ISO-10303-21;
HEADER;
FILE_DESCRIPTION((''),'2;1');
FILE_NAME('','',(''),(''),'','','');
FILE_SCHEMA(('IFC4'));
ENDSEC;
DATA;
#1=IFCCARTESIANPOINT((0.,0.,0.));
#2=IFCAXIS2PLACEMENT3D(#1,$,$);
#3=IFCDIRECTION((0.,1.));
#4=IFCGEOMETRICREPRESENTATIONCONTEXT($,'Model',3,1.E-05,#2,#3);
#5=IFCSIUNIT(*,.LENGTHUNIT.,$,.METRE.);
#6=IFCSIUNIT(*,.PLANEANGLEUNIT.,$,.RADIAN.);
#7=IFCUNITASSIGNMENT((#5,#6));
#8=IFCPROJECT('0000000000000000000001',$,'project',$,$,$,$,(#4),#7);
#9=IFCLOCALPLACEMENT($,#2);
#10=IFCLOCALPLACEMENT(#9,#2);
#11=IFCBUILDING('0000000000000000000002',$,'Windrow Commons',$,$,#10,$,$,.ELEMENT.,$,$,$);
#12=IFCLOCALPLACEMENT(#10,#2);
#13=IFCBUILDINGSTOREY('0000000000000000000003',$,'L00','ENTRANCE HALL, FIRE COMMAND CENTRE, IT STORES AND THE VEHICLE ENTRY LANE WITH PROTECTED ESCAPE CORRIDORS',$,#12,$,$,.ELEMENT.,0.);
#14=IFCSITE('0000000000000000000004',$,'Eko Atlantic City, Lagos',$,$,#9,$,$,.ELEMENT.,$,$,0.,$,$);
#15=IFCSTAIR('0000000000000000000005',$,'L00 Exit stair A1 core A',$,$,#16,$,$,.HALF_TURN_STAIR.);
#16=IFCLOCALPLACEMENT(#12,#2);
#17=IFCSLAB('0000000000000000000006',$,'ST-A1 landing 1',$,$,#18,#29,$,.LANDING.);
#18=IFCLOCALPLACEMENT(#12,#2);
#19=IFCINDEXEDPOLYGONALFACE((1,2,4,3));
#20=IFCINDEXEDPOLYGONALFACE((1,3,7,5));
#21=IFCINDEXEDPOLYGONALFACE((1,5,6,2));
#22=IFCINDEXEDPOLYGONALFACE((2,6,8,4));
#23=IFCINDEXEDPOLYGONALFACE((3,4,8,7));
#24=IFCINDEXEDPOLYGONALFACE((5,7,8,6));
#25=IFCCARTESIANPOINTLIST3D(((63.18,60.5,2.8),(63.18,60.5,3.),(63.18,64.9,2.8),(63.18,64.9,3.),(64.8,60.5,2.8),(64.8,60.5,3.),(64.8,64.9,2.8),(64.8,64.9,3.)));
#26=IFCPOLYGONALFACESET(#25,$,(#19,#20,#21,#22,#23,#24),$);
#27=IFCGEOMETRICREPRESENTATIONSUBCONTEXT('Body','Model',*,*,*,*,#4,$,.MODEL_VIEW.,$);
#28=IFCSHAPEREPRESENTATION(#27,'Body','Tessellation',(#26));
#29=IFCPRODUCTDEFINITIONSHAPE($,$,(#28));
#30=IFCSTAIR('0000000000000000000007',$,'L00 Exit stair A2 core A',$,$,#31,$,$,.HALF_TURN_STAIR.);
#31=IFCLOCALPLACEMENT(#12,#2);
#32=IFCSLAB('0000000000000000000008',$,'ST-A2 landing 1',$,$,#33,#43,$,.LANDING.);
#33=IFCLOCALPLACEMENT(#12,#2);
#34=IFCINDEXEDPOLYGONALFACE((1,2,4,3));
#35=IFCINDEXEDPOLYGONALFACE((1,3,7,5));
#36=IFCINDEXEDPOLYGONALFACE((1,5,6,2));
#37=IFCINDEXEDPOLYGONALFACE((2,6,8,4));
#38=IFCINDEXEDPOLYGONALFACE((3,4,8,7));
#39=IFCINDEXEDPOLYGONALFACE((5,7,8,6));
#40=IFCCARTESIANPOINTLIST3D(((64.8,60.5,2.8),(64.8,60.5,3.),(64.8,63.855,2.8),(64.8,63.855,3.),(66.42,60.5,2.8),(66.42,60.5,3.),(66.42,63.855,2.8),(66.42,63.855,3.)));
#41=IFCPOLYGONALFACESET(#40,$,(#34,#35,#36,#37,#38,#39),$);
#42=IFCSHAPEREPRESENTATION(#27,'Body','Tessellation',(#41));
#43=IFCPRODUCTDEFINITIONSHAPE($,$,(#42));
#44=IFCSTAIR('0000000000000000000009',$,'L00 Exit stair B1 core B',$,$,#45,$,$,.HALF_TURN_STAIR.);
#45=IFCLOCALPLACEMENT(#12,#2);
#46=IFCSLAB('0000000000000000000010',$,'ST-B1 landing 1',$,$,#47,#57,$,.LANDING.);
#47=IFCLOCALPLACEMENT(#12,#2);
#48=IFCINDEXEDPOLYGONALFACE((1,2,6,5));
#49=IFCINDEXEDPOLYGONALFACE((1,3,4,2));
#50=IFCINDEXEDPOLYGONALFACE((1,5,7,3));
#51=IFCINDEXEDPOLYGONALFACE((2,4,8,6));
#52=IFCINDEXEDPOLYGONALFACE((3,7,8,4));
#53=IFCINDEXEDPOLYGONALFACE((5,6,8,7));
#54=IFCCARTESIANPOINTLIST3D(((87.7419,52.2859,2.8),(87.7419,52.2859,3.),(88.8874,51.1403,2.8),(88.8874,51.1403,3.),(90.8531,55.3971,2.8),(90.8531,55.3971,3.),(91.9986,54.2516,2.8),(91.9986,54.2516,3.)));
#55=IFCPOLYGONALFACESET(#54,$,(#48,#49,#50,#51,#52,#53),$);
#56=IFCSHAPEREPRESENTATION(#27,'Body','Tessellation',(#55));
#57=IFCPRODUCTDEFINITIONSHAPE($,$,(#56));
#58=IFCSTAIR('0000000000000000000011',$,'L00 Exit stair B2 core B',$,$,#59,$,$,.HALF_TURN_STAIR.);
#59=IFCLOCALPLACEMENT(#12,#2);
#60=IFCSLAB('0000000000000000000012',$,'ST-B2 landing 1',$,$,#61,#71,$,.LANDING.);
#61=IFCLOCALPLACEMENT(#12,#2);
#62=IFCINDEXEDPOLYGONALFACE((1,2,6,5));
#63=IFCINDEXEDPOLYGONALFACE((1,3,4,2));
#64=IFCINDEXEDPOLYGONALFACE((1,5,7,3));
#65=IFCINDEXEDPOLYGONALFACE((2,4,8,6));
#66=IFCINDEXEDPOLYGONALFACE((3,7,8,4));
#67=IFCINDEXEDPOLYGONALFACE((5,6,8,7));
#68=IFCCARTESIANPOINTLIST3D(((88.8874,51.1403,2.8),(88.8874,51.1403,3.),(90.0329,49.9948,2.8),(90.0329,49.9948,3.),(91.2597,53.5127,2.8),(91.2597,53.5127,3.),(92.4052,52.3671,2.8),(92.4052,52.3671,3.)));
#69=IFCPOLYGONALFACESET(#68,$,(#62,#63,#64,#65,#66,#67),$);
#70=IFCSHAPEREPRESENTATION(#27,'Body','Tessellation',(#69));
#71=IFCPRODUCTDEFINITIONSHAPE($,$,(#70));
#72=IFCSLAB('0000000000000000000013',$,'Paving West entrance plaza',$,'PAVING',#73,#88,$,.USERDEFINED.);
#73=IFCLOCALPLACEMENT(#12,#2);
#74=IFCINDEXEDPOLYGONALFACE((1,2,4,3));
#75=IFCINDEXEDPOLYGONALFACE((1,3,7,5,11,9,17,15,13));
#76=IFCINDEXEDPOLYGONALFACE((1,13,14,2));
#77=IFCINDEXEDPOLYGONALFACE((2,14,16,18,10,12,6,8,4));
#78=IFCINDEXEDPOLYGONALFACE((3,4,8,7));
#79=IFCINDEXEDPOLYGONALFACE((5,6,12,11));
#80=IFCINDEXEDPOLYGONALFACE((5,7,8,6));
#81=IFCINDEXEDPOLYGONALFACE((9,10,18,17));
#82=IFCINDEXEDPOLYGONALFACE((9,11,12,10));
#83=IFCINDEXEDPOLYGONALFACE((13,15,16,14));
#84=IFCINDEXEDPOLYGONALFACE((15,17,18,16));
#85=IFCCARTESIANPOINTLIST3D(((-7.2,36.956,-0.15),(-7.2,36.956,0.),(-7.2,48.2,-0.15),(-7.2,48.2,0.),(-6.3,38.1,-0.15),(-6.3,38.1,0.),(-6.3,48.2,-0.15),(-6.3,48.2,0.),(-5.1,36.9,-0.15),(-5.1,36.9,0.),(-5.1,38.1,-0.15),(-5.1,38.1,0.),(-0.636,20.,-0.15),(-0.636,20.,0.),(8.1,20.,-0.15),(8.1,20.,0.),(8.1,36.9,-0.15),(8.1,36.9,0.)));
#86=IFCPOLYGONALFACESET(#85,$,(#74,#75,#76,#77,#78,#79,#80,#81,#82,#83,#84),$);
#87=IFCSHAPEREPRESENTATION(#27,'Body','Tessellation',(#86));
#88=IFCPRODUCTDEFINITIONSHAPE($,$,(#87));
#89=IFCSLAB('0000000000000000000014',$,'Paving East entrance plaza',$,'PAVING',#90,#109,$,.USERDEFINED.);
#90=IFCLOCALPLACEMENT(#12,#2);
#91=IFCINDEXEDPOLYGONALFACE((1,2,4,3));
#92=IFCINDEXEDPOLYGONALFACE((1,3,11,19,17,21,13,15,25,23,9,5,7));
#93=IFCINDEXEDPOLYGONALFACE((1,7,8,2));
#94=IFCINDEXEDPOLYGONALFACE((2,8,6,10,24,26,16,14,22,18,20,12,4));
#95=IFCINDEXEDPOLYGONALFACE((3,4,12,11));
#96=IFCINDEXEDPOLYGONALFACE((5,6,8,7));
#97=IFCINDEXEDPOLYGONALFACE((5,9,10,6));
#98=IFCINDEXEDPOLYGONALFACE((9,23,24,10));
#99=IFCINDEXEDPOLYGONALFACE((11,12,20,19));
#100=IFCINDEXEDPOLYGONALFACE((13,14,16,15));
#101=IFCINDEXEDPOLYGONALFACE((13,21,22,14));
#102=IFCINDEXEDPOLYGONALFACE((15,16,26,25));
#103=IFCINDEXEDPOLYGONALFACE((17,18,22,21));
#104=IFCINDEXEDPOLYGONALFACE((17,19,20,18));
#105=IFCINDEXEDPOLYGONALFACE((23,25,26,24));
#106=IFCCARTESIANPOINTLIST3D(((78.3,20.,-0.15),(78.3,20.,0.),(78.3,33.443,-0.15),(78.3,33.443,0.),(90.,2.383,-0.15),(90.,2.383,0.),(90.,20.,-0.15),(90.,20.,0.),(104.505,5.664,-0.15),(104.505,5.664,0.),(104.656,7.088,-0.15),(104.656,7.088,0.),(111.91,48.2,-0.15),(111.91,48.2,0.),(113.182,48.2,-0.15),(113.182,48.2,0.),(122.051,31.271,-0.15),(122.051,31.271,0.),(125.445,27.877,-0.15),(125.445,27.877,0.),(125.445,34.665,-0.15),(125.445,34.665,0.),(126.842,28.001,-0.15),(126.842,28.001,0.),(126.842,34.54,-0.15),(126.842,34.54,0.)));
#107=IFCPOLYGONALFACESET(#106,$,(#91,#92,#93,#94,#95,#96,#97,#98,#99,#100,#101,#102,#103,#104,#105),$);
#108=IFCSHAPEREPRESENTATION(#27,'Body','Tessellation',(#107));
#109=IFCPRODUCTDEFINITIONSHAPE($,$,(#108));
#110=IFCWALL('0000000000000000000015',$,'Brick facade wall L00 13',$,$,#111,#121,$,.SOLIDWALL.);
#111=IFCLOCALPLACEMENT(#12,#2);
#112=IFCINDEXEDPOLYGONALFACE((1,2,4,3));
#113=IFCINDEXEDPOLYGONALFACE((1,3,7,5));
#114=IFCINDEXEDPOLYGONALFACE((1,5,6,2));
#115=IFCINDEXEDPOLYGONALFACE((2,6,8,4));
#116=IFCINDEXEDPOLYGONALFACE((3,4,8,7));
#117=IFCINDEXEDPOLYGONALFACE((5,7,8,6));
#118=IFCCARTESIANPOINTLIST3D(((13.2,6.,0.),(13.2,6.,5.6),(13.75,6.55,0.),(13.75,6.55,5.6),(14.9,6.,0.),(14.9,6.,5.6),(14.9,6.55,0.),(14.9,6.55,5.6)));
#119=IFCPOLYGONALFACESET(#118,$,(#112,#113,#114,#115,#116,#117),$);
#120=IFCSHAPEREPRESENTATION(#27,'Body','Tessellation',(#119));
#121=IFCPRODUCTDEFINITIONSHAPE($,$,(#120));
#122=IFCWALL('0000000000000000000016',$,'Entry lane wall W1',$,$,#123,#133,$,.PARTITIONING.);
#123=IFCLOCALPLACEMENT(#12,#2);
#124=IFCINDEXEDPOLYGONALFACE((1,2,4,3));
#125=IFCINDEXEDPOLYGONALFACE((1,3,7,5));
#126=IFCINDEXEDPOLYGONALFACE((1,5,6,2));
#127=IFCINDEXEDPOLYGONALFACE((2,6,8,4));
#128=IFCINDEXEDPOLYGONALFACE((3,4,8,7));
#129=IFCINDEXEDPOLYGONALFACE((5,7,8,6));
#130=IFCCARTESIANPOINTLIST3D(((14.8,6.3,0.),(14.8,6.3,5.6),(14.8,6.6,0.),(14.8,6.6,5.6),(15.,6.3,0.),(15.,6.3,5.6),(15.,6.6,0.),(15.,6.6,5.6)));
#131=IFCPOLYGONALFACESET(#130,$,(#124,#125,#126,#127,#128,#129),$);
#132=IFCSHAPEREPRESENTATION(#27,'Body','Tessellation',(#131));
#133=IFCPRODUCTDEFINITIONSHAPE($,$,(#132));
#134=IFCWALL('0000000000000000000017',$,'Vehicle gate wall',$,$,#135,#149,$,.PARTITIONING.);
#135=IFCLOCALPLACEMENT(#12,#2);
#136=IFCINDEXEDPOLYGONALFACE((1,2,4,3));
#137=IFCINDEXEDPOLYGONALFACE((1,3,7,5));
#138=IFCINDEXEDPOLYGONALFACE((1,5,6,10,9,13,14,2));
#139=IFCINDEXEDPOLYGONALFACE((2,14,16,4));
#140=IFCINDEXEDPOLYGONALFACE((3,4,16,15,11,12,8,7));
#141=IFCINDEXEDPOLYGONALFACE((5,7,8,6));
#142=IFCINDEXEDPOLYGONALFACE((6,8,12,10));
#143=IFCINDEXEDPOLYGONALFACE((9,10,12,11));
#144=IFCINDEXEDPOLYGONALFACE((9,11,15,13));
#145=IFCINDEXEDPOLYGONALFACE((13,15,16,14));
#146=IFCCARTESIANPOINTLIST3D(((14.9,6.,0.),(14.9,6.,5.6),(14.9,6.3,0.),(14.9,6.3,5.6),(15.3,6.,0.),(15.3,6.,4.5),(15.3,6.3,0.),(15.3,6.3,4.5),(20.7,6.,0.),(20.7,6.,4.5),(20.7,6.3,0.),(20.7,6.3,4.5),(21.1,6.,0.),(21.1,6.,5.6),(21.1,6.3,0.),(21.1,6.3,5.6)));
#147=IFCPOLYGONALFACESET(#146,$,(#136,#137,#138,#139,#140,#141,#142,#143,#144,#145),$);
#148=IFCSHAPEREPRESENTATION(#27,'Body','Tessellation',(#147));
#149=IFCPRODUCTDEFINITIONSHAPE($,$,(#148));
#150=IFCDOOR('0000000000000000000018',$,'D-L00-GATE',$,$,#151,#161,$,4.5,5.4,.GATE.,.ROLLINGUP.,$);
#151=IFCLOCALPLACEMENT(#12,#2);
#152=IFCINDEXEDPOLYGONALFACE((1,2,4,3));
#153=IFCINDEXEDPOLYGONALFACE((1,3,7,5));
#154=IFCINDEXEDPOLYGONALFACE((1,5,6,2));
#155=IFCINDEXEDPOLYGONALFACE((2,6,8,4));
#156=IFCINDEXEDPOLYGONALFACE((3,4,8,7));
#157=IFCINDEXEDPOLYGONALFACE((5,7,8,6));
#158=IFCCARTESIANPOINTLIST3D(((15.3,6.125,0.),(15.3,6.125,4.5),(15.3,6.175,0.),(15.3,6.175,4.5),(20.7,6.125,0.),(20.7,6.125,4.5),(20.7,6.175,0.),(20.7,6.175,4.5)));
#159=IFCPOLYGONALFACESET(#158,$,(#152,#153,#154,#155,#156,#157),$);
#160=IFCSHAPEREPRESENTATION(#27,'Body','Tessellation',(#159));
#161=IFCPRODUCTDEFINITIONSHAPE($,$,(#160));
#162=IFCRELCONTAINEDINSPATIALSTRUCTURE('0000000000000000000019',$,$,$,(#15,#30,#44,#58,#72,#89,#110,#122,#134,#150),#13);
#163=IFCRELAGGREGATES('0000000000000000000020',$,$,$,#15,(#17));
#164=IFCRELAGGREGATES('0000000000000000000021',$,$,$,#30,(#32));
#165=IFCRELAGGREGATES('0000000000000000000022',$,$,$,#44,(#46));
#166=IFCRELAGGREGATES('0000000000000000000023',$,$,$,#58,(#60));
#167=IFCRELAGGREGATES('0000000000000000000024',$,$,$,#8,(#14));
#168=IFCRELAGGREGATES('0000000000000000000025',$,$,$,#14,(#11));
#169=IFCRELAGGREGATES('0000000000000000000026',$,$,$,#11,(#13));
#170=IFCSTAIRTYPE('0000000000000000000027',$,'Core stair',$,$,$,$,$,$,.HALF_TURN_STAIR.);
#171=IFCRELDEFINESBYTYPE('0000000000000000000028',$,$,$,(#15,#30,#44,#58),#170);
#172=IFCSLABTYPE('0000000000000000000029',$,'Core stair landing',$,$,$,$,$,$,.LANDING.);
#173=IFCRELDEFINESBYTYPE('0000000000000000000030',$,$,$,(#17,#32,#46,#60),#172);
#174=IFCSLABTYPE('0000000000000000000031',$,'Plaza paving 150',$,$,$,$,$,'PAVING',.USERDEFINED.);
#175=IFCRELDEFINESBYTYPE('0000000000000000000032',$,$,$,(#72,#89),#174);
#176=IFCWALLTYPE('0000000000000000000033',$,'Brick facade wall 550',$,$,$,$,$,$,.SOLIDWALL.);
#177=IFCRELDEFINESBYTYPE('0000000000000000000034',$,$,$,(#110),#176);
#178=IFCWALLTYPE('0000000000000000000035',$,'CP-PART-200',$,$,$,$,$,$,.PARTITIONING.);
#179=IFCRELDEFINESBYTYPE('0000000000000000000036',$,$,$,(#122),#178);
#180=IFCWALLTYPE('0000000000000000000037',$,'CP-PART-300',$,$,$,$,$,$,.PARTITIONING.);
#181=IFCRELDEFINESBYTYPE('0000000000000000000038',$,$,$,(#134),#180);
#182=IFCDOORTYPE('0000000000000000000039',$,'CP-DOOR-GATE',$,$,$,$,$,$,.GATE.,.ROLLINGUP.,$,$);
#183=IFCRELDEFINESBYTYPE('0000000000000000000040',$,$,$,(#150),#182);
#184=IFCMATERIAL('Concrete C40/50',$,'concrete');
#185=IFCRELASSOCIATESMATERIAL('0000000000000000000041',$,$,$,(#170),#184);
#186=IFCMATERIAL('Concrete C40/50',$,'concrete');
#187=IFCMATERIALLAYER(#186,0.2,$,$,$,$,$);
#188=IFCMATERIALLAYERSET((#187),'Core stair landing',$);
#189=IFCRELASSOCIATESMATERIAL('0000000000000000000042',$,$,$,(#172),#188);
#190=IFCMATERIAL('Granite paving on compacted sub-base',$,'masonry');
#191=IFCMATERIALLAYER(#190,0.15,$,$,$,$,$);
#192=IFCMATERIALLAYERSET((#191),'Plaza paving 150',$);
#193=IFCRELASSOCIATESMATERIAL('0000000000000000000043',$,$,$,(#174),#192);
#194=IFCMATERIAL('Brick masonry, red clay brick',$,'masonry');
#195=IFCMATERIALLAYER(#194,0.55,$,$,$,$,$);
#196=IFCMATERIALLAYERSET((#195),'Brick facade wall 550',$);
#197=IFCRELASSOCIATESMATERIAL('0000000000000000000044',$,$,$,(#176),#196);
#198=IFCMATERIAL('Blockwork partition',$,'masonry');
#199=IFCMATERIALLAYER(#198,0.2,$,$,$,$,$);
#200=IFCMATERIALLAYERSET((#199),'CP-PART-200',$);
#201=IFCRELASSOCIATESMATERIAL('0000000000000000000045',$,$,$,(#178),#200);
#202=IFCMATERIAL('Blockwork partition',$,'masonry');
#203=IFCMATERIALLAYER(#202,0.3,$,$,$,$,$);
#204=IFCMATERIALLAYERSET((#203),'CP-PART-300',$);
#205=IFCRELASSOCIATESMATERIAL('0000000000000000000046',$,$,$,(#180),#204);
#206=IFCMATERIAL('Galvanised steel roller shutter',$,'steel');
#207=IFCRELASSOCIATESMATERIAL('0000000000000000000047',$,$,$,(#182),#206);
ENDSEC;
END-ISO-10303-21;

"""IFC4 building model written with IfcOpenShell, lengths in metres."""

from ifc_helpers import new_model, si_unit, direction, frame, frame_2d, origin, place, context, subcontext, project, spatial, polyline, rectangle, outline, extrude, material, layer, layer_set, type_object, element, fill, aggregate, save


model = new_model("IFC4")

# Units and contexts
model_context = context("Model", 3, precision=1e-05, world=origin(), true_north=direction((0.0, 1.0)))
body_context = subcontext(model_context, "Body", "Model", "MODEL_VIEW")
ifc_project = project(units=[si_unit("LENGTHUNIT", "METRE"), si_unit("PLANEANGLEUNIT", "RADIAN")], contexts=[model_context])

# Site, building, storey
site_placement = place(None, origin())
site = spatial("IfcSite", under=ifc_project, at=site_placement, Name="Eko Atlantic City, Lagos", CompositionType="ELEMENT", RefElevation=0.0)
building_placement = place(site_placement, origin())
building = spatial("IfcBuilding", under=site, at=building_placement, Name="Windrow Commons", CompositionType="ELEMENT")
storey_placement = place(building_placement, origin())
storey = spatial("IfcBuildingStorey", under=building, at=storey_placement, Name="L00", Description="ENTRANCE HALL, FIRE COMMAND CENTRE, IT STORES AND THE VEHICLE ENTRY LANE WITH PROTECTED ESCAPE CORRIDORS", CompositionType="ELEMENT", Elevation=0.0)

# Stairs, slabs
ifc_material_1 = material(Name="Concrete C40/50", Category="concrete")
stair_type = type_object("IfcStairType", Name="Core stair", PredefinedType="HALF_TURN_STAIR", material=ifc_material_1)
placement_1 = place(storey_placement, origin())
stair_1 = element("IfcStair", 1, at=placement_1, inside=storey, type_object=stair_type, Name="L00 Exit stair A1 core A", PredefinedType="HALF_TURN_STAIR")
ifc_material_2 = material(Name="Concrete C40/50", Category="concrete")
ifc_layer_1 = layer(ifc_material_2, 0.2)
ifc_layer_set_1 = layer_set([ifc_layer_1], Name="Core stair landing")
slab_type_1 = type_object("IfcSlabType", Name="Core stair landing", PredefinedType="LANDING", material=ifc_layer_set_1)
placement_2 = place(storey_placement, frame((0.0, 0.0, 2.8)))
slab_1 = element("IfcSlab", 2, at=placement_2, type_object=slab_type_1, Name="ST-A1 landing 1", PredefinedType="LANDING", context=body_context, shape_type="SweptSolid", body=[
    extrude(outline(polyline([(63.18, 60.5), (64.8, 60.5), (64.8, 64.9), (63.18, 64.9), (63.18, 60.5)])), origin(), (0.0, 0.0, 1.0), 0.2),
])
aggregate(stair_1, [slab_1])
stair_2 = element("IfcStair", 3, at=placement_1, inside=storey, type_object=stair_type, Name="L00 Exit stair A2 core A", PredefinedType="HALF_TURN_STAIR")
slab_2 = element("IfcSlab", 4, at=placement_2, type_object=slab_type_1, Name="ST-A2 landing 1", PredefinedType="LANDING", context=body_context, shape_type="SweptSolid", body=[
    extrude(outline(polyline([(64.8, 60.5), (66.42, 60.5), (66.42, 63.855), (64.8, 63.855), (64.8, 60.5)])), origin(), (0.0, 0.0, 1.0), 0.2),
])
aggregate(stair_2, [slab_2])
stair_3 = element("IfcStair", 5, at=placement_1, inside=storey, type_object=stair_type, Name="L00 Exit stair B1 core B", PredefinedType="HALF_TURN_STAIR")
slab_3 = element("IfcSlab", 6, at=placement_2, type_object=slab_type_1, Name="ST-B1 landing 1", PredefinedType="LANDING", context=body_context, shape_type="SweptSolid", body=[
    extrude(outline(polyline([(87.7419, 52.2859), (88.8874, 51.1403), (91.9986, 54.2516), (90.8531, 55.3971), (87.7419, 52.2859)])), origin(), (0.0, 0.0, 1.0), 0.2),
])
aggregate(stair_3, [slab_3])
stair_4 = element("IfcStair", 7, at=placement_1, inside=storey, type_object=stair_type, Name="L00 Exit stair B2 core B", PredefinedType="HALF_TURN_STAIR")
slab_4 = element("IfcSlab", 8, at=placement_2, type_object=slab_type_1, Name="ST-B2 landing 1", PredefinedType="LANDING", context=body_context, shape_type="SweptSolid", body=[
    extrude(outline(polyline([(88.8874, 51.1403), (90.0329, 49.9948), (92.4052, 52.3671), (91.2597, 53.5127), (88.8874, 51.1403)])), origin(), (0.0, 0.0, 1.0), 0.2),
])
aggregate(stair_4, [slab_4])

# Slabs
ifc_material_3 = material(Name="Granite paving on compacted sub-base", Category="masonry")
ifc_layer_2 = layer(ifc_material_3, 0.15)
ifc_layer_set_2 = layer_set([ifc_layer_2], Name="Plaza paving 150")
slab_type_2 = type_object("IfcSlabType", Name="Plaza paving 150", ElementType="PAVING", PredefinedType="USERDEFINED", material=ifc_layer_set_2)
placement_3 = place(storey_placement, frame((0.0, 0.0, -0.15)))
element("IfcSlab", 9, at=placement_3, inside=storey, type_object=slab_type_2, Name="Paving West entrance plaza", ObjectType="PAVING", PredefinedType="USERDEFINED", context=body_context, shape_type="SweptSolid", body=[
    extrude(outline(polyline([(-5.1, 38.1), (-5.1, 36.9), (8.1, 36.9), (8.1, 20.0), (-0.636, 20.0), (-7.2, 36.956), (-7.2, 48.2), (-6.3, 48.2), (-6.3, 38.1), (-5.1, 38.1)])), origin(), (0.0, 0.0, 1.0), 0.15),
])
element("IfcSlab", 10, at=placement_3, inside=storey, type_object=slab_type_2, Name="Paving East entrance plaza", ObjectType="PAVING", PredefinedType="USERDEFINED", context=body_context, shape_type="SweptSolid", body=[
    extrude(outline(polyline([(104.505, 5.664), (90.0, 2.383), (90.0, 20.0), (78.3, 20.0), (78.3, 33.443), (104.656, 7.088), (125.445, 27.877), (122.051, 31.271), (125.445, 34.665), (111.91, 48.2), (113.182, 48.2), (126.842, 34.54), (126.842, 28.001), (104.505, 5.664)])), origin(), (0.0, 0.0, 1.0), 0.15),
])

# Wall
ifc_material_4 = material(Name="Brick masonry, red clay brick", Category="masonry")
ifc_layer_3 = layer(ifc_material_4, 0.55)
ifc_layer_set_3 = layer_set([ifc_layer_3], Name="Brick facade wall 550")
wall_type_1 = type_object("IfcWallType", Name="Brick facade wall 550", PredefinedType="SOLIDWALL", material=ifc_layer_set_3)
wall_1_placement = place(storey_placement, frame((13.475, 6.275, 0.0), z_axis=(0.0, 0.0, 1.0), x_axis=(1.0, 0.0, 0.0)))
element("IfcWall", 11, at=wall_1_placement, inside=storey, type_object=wall_type_1, Name="Brick facade wall L00 13", PredefinedType="SOLIDWALL", context=body_context, shape_type="SweptSolid", body=[
    extrude(outline(polyline([(-0.275, -0.275), (1.425, -0.275), (1.425, 0.275), (0.275, 0.275), (-0.275, -0.275)])), origin(), (0.0, 0.0, 1.0), 5.6),
])

# Wall
ifc_material_5 = material(Name="Blockwork partition", Category="masonry")
ifc_layer_4 = layer(ifc_material_5, 0.2)
ifc_layer_set_4 = layer_set([ifc_layer_4], Name="CP-PART-200")
wall_type_2 = type_object("IfcWallType", Name="CP-PART-200", PredefinedType="PARTITIONING", material=ifc_layer_set_4)
wall_2_placement = place(storey_placement, frame((14.9, 6.3, 0.0), z_axis=(0.0, 0.0, 1.0), x_axis=(0.0, 1.0, 0.0)))
element("IfcWall", 12, at=wall_2_placement, inside=storey, type_object=wall_type_2, Name="Entry lane wall W1", PredefinedType="PARTITIONING", context=body_context, shape_type="SweptSolid", body=[
    extrude(rectangle(XDim=0.3, YDim=0.2, at=frame_2d((0.15, 0.0))), origin(), (0.0, 0.0, 1.0), 5.6),
])

# Wall, opening, door
ifc_material_6 = material(Name="Blockwork partition", Category="masonry")
ifc_layer_5 = layer(ifc_material_6, 0.3)
ifc_layer_set_5 = layer_set([ifc_layer_5], Name="CP-PART-300")
wall_type_3 = type_object("IfcWallType", Name="CP-PART-300", PredefinedType="PARTITIONING", material=ifc_layer_set_5)
wall_3_placement = place(storey_placement, frame((14.9, 6.15, 0.0), z_axis=(0.0, 0.0, 1.0), x_axis=(1.0, 0.0, 0.0)))
wall_3 = element("IfcWall", 13, at=wall_3_placement, inside=storey, type_object=wall_type_3, Name="Vehicle gate wall", PredefinedType="PARTITIONING", context=body_context, shape_type="SweptSolid", body=[
    extrude(rectangle(XDim=6.2, YDim=0.3, at=frame_2d((3.1, 0.0))), origin(), (0.0, 0.0, 1.0), 5.6),
])
opening_1_placement = place(wall_3_placement, frame((0.4, 0.0, 0.0)))
opening_1 = element("IfcOpeningElement", 14, at=opening_1_placement, cuts=wall_3, PredefinedType="OPENING", context=body_context, shape_type="SweptSolid", body=[
    extrude(rectangle(XDim=5.4, YDim=4.5, at=frame_2d((2.7, 2.25))), frame((0.0, 0.16, 0.0), z_axis=(0.0, -1.0, 0.0), x_axis=(1.0, 0.0, 0.0)), (0.0, 0.0, 1.0), 0.32),
])
ifc_material_7 = material(Name="Galvanised steel roller shutter", Category="steel")
door_type = type_object("IfcDoorType", Name="CP-DOOR-GATE", OperationType="ROLLINGUP", PredefinedType="GATE", material=ifc_material_7)
door_placement = place(opening_1_placement, origin())
door = element("IfcDoor", 15, at=door_placement, inside=storey, type_object=door_type, Name="D-L00-GATE", OperationType="ROLLINGUP", OverallHeight=4.5, OverallWidth=5.4, PredefinedType="GATE", context=body_context, shape_type="SweptSolid", body=[
    extrude(rectangle(XDim=5.4, YDim=4.5, at=frame_2d((2.7, 2.25))), frame((0.0, 0.025, 0.0), z_axis=(0.0, -1.0, 0.0), x_axis=(1.0, 0.0, 0.0)), (0.0, 0.0, 1.0), 0.05),
])
fill(opening_1, door)

save(model, "model.ifc")
